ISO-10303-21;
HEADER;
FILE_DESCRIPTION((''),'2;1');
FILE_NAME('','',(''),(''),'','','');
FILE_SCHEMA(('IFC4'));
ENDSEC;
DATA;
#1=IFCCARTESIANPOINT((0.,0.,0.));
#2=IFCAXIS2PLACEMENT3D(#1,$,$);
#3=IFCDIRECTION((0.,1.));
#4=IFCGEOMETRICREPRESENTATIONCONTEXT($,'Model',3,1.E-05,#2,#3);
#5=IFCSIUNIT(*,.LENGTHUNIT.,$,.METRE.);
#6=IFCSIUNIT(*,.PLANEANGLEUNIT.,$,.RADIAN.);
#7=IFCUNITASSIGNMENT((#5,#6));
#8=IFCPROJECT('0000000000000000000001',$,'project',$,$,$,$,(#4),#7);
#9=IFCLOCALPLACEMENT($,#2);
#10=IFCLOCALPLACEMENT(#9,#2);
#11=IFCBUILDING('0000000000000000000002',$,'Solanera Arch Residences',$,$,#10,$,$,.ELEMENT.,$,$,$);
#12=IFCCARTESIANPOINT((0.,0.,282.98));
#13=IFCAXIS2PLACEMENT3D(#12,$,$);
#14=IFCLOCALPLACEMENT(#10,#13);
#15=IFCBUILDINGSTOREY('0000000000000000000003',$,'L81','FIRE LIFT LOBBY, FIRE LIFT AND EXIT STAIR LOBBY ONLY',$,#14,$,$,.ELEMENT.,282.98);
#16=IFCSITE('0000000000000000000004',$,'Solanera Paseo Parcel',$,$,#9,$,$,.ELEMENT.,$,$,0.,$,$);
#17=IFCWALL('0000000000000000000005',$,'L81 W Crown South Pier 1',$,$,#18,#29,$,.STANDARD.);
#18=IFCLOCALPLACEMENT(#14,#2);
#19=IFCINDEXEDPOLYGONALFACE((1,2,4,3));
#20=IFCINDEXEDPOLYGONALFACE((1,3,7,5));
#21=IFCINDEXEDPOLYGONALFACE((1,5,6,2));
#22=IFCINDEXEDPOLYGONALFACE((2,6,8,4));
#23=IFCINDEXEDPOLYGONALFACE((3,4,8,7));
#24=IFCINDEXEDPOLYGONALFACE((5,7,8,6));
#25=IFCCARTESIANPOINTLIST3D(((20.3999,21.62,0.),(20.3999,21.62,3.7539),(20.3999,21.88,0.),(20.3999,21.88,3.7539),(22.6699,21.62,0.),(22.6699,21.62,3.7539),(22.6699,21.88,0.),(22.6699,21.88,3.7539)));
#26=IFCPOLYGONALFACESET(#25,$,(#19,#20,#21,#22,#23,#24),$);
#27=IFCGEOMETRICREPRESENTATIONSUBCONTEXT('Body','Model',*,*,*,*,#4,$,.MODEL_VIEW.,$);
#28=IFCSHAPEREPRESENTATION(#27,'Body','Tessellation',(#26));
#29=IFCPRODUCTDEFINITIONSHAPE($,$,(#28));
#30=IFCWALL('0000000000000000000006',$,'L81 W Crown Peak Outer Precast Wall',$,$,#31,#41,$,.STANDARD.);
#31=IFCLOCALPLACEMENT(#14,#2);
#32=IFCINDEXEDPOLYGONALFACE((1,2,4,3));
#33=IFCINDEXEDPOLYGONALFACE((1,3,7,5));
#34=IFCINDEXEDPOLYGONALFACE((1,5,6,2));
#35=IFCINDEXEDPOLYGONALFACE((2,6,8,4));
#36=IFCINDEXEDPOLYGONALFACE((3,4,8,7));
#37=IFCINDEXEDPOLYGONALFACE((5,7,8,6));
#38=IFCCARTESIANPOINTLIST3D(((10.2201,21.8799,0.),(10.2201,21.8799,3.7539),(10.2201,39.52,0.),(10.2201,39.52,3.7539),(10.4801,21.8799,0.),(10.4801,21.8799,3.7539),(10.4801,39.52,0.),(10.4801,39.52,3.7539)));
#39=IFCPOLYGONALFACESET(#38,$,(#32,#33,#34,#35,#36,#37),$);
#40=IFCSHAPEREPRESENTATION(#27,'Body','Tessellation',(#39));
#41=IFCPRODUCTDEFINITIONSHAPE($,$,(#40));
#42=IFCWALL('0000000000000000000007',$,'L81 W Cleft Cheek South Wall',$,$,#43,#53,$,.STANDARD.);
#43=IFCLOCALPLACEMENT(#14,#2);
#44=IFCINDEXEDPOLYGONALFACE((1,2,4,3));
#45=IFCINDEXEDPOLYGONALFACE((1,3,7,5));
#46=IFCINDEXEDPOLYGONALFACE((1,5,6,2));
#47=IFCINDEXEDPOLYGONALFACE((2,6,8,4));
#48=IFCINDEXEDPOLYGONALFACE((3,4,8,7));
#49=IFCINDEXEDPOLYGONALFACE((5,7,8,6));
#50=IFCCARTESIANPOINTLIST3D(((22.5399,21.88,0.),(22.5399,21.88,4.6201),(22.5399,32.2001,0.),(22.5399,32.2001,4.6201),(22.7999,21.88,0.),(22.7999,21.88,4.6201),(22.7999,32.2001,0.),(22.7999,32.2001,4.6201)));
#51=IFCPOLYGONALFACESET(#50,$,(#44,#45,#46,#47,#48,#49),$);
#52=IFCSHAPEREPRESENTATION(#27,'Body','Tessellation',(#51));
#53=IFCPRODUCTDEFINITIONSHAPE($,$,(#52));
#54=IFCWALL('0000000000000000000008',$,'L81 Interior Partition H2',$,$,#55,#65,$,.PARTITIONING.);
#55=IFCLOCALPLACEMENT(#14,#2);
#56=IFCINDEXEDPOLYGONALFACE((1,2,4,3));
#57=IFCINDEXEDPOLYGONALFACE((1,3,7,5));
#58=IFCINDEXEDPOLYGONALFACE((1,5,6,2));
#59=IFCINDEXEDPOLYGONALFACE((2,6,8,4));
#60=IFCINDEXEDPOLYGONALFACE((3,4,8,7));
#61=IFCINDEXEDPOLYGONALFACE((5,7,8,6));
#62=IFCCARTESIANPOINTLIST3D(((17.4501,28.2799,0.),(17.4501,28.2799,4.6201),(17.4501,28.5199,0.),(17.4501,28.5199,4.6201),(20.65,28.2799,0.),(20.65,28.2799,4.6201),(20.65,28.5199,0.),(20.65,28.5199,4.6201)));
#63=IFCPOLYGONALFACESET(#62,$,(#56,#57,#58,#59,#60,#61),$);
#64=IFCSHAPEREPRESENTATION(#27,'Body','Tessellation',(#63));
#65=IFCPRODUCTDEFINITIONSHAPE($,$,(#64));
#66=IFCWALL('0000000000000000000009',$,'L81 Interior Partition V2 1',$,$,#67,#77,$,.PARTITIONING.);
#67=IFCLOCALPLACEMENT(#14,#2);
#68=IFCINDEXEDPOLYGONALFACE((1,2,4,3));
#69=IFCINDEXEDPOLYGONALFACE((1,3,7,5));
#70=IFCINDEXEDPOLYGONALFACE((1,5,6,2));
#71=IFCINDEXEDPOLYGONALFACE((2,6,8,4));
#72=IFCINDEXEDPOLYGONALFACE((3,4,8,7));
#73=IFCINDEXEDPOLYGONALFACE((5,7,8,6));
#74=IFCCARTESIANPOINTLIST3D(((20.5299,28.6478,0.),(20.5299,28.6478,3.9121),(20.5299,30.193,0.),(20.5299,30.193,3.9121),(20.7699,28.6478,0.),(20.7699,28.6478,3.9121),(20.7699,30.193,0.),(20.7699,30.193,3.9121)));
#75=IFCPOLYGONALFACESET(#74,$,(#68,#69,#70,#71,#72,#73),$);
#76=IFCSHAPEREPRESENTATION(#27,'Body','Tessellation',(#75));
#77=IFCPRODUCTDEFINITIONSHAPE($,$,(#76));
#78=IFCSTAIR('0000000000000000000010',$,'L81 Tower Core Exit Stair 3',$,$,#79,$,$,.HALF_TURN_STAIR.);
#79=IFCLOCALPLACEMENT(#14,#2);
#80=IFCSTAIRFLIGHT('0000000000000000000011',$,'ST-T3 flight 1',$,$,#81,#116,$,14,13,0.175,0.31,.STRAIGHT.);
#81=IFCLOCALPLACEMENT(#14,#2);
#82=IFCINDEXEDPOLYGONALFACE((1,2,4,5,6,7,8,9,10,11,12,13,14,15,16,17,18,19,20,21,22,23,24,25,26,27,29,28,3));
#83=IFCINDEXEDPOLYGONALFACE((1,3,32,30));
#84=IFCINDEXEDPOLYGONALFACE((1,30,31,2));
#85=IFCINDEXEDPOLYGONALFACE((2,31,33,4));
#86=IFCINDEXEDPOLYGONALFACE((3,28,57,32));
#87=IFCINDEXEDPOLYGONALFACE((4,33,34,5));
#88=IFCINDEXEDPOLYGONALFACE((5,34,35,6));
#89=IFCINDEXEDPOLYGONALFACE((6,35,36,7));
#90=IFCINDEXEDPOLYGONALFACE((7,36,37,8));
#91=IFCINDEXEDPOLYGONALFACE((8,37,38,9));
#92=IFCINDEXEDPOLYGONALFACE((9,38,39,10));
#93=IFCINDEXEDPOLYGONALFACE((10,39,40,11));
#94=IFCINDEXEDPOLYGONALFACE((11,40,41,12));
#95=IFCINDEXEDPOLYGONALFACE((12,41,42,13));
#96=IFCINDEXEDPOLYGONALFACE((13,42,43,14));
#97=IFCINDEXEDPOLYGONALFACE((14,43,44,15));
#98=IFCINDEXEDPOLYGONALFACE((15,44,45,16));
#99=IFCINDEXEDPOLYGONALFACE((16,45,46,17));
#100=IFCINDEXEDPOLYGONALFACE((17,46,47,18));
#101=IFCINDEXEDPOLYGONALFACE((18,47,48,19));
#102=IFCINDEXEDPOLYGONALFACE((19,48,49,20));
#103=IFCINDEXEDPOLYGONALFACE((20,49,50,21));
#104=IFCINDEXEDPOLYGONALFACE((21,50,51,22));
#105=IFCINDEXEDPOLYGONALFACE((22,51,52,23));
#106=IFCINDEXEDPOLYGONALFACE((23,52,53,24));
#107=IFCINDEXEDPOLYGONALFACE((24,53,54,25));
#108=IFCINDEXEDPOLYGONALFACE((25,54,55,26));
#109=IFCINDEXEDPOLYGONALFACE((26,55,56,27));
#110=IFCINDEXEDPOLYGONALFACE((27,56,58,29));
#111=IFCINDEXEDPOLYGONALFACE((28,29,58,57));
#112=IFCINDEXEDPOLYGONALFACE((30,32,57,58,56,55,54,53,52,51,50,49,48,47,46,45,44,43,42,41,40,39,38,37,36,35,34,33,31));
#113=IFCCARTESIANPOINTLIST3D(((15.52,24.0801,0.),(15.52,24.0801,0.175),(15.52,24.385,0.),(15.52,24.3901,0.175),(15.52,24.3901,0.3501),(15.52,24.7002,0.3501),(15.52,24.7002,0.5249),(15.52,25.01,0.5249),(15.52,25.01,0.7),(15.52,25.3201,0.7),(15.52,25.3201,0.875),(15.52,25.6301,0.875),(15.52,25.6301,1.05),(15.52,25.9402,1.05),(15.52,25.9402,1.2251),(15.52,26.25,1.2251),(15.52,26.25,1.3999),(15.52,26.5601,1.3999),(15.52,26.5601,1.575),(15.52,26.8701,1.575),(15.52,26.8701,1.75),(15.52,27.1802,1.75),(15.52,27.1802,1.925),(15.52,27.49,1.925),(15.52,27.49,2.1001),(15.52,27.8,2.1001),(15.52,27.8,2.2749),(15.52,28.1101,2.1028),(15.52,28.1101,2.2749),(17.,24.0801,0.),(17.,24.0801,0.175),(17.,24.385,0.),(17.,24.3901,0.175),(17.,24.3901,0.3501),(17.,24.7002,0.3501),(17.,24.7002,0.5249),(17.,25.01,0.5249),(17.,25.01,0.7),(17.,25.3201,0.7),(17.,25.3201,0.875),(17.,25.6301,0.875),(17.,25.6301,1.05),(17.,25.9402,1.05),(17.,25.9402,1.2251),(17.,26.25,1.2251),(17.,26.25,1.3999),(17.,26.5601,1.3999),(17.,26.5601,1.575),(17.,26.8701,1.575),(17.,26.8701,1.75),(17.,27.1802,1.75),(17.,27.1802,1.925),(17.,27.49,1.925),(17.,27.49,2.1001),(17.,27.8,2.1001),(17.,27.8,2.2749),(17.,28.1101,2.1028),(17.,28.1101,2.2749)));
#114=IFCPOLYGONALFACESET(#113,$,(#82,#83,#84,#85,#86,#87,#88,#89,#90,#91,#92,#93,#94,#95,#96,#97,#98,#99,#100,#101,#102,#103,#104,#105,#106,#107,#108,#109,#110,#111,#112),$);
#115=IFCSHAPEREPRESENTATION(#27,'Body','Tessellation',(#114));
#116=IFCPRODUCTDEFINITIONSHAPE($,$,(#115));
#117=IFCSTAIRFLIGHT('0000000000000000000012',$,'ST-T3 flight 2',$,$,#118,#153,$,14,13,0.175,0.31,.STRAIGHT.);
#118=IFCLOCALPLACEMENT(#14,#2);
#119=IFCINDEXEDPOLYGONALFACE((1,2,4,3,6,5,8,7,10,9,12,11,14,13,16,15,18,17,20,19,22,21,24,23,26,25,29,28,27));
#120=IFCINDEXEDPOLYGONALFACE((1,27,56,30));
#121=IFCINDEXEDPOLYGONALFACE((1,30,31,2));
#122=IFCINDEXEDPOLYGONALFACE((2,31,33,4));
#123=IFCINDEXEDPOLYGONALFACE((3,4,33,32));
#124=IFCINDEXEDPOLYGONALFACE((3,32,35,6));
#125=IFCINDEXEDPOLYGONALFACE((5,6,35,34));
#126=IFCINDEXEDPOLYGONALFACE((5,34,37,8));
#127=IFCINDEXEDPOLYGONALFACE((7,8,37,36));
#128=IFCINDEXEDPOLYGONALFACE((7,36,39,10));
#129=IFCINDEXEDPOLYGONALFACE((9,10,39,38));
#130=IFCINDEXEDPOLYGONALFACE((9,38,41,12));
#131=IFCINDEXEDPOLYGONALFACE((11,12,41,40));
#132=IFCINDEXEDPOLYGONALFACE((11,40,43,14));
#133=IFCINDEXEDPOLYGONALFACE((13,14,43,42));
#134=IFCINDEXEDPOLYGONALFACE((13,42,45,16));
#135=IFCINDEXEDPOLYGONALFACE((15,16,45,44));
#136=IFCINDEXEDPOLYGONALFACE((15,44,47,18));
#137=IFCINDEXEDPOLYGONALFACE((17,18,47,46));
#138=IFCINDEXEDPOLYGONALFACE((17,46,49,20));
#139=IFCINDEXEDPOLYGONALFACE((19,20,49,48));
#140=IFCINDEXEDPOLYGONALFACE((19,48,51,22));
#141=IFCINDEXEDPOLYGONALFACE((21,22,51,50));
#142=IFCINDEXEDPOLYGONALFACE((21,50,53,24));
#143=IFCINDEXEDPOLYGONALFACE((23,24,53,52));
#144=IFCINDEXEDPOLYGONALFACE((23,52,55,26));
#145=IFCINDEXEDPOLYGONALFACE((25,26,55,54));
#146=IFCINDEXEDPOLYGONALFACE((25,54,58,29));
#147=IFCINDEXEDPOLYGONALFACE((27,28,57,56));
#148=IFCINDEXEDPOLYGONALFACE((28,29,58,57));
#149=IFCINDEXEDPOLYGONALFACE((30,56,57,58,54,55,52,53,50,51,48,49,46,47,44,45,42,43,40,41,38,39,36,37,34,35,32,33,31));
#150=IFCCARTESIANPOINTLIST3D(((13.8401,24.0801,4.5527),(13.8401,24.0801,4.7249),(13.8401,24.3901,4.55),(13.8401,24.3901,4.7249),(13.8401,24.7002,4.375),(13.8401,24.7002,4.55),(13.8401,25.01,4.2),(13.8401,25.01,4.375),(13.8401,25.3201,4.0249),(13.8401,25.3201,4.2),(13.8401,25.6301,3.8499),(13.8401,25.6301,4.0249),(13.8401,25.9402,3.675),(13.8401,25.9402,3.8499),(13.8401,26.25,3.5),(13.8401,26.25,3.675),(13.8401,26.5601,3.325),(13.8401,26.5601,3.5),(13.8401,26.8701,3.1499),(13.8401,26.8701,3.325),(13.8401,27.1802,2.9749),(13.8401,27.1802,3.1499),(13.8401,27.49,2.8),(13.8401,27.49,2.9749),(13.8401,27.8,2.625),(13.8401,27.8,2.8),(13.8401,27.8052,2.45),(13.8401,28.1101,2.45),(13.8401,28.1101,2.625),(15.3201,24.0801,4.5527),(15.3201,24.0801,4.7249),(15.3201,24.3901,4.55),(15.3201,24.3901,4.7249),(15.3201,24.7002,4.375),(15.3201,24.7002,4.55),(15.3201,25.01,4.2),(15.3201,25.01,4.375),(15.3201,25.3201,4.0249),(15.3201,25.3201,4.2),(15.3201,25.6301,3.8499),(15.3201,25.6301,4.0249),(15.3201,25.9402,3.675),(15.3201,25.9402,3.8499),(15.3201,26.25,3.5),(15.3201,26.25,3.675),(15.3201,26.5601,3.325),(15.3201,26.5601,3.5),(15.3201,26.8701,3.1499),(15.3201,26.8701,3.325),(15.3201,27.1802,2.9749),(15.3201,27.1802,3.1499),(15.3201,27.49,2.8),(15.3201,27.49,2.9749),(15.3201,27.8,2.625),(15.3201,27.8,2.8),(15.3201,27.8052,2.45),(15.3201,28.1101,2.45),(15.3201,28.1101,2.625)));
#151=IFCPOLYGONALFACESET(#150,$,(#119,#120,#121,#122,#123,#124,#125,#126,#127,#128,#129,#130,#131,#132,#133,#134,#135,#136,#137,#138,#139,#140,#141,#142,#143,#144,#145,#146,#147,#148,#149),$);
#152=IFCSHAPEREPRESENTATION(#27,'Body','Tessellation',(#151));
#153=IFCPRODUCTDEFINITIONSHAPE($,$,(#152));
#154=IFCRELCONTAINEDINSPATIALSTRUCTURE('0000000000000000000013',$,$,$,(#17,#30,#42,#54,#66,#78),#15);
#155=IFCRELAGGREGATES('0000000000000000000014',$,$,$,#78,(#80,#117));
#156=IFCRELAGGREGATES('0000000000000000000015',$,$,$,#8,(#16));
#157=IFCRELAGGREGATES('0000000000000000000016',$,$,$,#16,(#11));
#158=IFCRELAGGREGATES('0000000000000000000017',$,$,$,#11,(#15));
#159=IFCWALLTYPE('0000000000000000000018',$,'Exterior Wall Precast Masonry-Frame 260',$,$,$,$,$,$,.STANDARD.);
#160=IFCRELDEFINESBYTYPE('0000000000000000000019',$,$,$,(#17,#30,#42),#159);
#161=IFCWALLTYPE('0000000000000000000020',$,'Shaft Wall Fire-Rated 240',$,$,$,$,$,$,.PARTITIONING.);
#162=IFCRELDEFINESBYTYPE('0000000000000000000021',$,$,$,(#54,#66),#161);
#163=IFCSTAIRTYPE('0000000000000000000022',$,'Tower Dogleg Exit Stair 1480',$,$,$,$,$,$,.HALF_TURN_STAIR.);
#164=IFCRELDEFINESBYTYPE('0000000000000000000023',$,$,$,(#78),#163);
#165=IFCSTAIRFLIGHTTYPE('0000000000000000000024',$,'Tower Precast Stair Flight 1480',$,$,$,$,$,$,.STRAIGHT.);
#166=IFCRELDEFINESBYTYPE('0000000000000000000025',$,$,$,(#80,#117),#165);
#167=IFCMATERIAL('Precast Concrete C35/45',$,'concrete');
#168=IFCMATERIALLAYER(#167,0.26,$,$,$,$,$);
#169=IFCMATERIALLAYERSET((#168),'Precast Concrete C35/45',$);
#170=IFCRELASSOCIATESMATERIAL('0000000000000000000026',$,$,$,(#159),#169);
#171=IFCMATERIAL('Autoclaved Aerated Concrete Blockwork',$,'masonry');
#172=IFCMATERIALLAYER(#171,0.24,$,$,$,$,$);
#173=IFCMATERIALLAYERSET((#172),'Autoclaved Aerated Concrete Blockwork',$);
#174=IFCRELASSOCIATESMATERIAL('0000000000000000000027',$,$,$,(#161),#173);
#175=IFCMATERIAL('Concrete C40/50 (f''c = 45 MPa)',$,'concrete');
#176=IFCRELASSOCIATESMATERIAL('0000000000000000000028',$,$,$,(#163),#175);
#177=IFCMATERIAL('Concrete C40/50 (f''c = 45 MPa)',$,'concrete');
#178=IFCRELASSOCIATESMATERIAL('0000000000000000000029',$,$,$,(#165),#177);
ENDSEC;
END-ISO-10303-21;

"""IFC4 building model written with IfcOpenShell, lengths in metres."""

from ifc_helpers import new_model, si_unit, direction, frame, frame_2d, origin, place, context, subcontext, project, spatial, polyline, rectangle, outline, extrude, material, layer, layer_set, type_object, element, aggregate, save


model = new_model("IFC4")

# Units and contexts
model_context = context("Model", 3, precision=1e-05, world=origin(), true_north=direction((0.0, 1.0)))
body_context = subcontext(model_context, "Body", "Model", "MODEL_VIEW")
ifc_project = project(units=[si_unit("LENGTHUNIT", "METRE"), si_unit("PLANEANGLEUNIT", "RADIAN")], contexts=[model_context])

# Site, building, storey
site_placement = place(None, origin())
site = spatial("IfcSite", under=ifc_project, at=site_placement, Name="Solanera Paseo Parcel", CompositionType="ELEMENT", RefElevation=0.0)
building_placement = place(site_placement, origin())
building = spatial("IfcBuilding", under=site, at=building_placement, Name="Solanera Arch Residences", CompositionType="ELEMENT")
storey_placement = place(building_placement, frame((0.0, 0.0, 282.98)))
storey = spatial("IfcBuildingStorey", under=building, at=storey_placement, Name="L81", Description="FIRE LIFT LOBBY, FIRE LIFT AND EXIT STAIR LOBBY ONLY", CompositionType="ELEMENT", Elevation=282.98)

# Walls
ifc_material_1 = material(Name="Precast Concrete C35/45", Category="concrete")
ifc_layer_1 = layer(ifc_material_1, 0.26)
ifc_layer_set_1 = layer_set([ifc_layer_1], Name="Precast Concrete C35/45")
wall_type_1 = type_object("IfcWallType", Name="Exterior Wall Precast Masonry-Frame 260", PredefinedType="STANDARD", material=ifc_layer_set_1)
wall_1_placement = place(storey_placement, frame((22.6699, 21.75, 0.0), z_axis=(0.0, 0.0, 1.0), x_axis=(-1.0, 0.0, 0.0)))
element("IfcWall", 1, at=wall_1_placement, inside=storey, type_object=wall_type_1, Name="L81 W Crown South Pier 1", PredefinedType="STANDARD", context=body_context, shape_type="SweptSolid", body=[
    extrude(rectangle(XDim=2.27, YDim=0.26, at=frame_2d((1.135, 0.0))), origin(), (0.0, 0.0, 1.0), 3.7539),
])
wall_2_placement = place(storey_placement, frame((10.3501, 21.8799, 0.0), z_axis=(0.0, 0.0, 1.0), x_axis=(0.0, 1.0, 0.0)))
element("IfcWall", 2, at=wall_2_placement, inside=storey, type_object=wall_type_1, Name="L81 W Crown Peak Outer Precast Wall", PredefinedType="STANDARD", context=body_context, shape_type="SweptSolid", body=[
    extrude(rectangle(XDim=17.6401, YDim=0.26, at=frame_2d((8.8201, 0.0))), origin(), (0.0, 0.0, 1.0), 3.7539),
])
wall_3_placement = place(storey_placement, frame((22.6699, 21.8799, 0.0), z_axis=(0.0, 0.0, 1.0), x_axis=(0.0, 1.0, 0.0)))
element("IfcWall", 3, at=wall_3_placement, inside=storey, type_object=wall_type_1, Name="L81 W Cleft Cheek South Wall", PredefinedType="STANDARD", context=body_context, shape_type="SweptSolid", body=[
    extrude(rectangle(XDim=10.3201, YDim=0.26, at=frame_2d((5.1602, 0.0))), origin(), (0.0, 0.0, 1.0), 4.6201),
])
ifc_material_2 = material(Name="Autoclaved Aerated Concrete Blockwork", Category="masonry")
ifc_layer_2 = layer(ifc_material_2, 0.24)
ifc_layer_set_2 = layer_set([ifc_layer_2], Name="Autoclaved Aerated Concrete Blockwork")
wall_type_2 = type_object("IfcWallType", Name="Shaft Wall Fire-Rated 240", PredefinedType="PARTITIONING", material=ifc_layer_set_2)
wall_4_placement = place(storey_placement, frame((17.45, 28.3999, 0.0), z_axis=(0.0, 0.0, 1.0), x_axis=(1.0, 0.0, 0.0)))
element("IfcWall", 4, at=wall_4_placement, inside=storey, type_object=wall_type_2, Name="L81 Interior Partition H2", PredefinedType="PARTITIONING", context=body_context, shape_type="SweptSolid", body=[
    extrude(rectangle(XDim=3.2, YDim=0.24, at=frame_2d((1.6001, 0.0))), origin(), (0.0, 0.0, 1.0), 4.6201),
])
wall_5_placement = place(storey_placement, frame((20.6499, 28.6479, 0.0), z_axis=(0.0, 0.0, 1.0), x_axis=(0.0, 1.0, 0.0)))
element("IfcWall", 5, at=wall_5_placement, inside=storey, type_object=wall_type_2, Name="L81 Interior Partition V2 1", PredefinedType="PARTITIONING", context=body_context, shape_type="SweptSolid", body=[
    extrude(rectangle(XDim=1.5452, YDim=0.24, at=frame_2d((0.7725, 0.0))), origin(), (0.0, 0.0, 1.0), 3.9121),
])

# Stair, stair flights
ifc_material_3 = material(Name="Concrete C40/50 (f'c = 45 MPa)", Category="concrete")
stair_type = type_object("IfcStairType", Name="Tower Dogleg Exit Stair 1480", PredefinedType="HALF_TURN_STAIR", material=ifc_material_3)
stair_placement = place(storey_placement, origin())
stair = element("IfcStair", 6, at=stair_placement, inside=storey, type_object=stair_type, Name="L81 Tower Core Exit Stair 3", PredefinedType="HALF_TURN_STAIR")
ifc_material_4 = material(Name="Concrete C40/50 (f'c = 45 MPa)", Category="concrete")
stair_flight_type = type_object("IfcStairFlightType", Name="Tower Precast Stair Flight 1480", PredefinedType="STRAIGHT", material=ifc_material_4)
stair_flight_1_placement = place(storey_placement, frame((16.26, 24.0801, 0.0), z_axis=(0.0, 0.0, 1.0), x_axis=(0.0, 1.0, 0.0)))
stair_flight_1 = element("IfcStairFlight", 7, at=stair_flight_1_placement, type_object=stair_flight_type, Name="ST-T3 flight 1", NumberOfRisers=14, NumberOfTreads=13, PredefinedType="STRAIGHT", RiserHeight=0.175, TreadLength=0.31, context=body_context, shape_type="SweptSolid", body=[
    extrude(outline(polyline([(0.0, 0.0), (0.0, 0.175), (0.3101, 0.175), (0.3101, 0.3501), (0.6201, 0.3501), (0.6201, 0.5249), (0.9299, 0.5249), (0.9299, 0.7), (1.24, 0.7), (1.24, 0.875), (1.55, 0.875), (1.55, 1.05), (1.8601, 1.05), (1.8601, 1.2251), (2.1699, 1.2251), (2.1699, 1.3999), (2.48, 1.3999), (2.48, 1.575), (2.79, 1.575), (2.79, 1.75), (3.1001, 1.75), (3.1001, 1.925), (3.4099, 1.925), (3.4099, 2.1001), (3.72, 2.1001), (3.72, 2.2749), (4.03, 2.2749), (4.03, 2.45), (4.03, 2.1028), (0.3049, 0.0), (0.0, 0.0)])), frame((0.0, 0.74, 0.0), z_axis=(0.0, -1.0, 0.0), x_axis=(1.0, 0.0, 0.0)), (0.0, 0.0, 1.0), 1.48),
])
stair_flight_2_placement = place(storey_placement, frame((14.5801, 28.1101, 2.45), z_axis=(0.0, 0.0, 1.0), x_axis=(0.0, -1.0, 0.0)))
stair_flight_2 = element("IfcStairFlight", 8, at=stair_flight_2_placement, type_object=stair_flight_type, Name="ST-T3 flight 2", NumberOfRisers=14, NumberOfTreads=13, PredefinedType="STRAIGHT", RiserHeight=0.175, TreadLength=0.31, context=body_context, shape_type="SweptSolid", body=[
    extrude(outline(polyline([(0.0, 0.0), (0.0, 0.175), (0.3101, 0.175), (0.3101, 0.3501), (0.6201, 0.3501), (0.6201, 0.5249), (0.9299, 0.5249), (0.9299, 0.7), (1.24, 0.7), (1.24, 0.875), (1.55, 0.875), (1.55, 1.05), (1.8601, 1.05), (1.8601, 1.2251), (2.1699, 1.2251), (2.1699, 1.3999), (2.48, 1.3999), (2.48, 1.575), (2.79, 1.575), (2.79, 1.75), (3.1001, 1.75), (3.1001, 1.925), (3.4099, 1.925), (3.4099, 2.1001), (3.72, 2.1001), (3.72, 2.2749), (4.03, 2.2749), (4.03, 2.45), (4.03, 2.1028), (0.3049, 0.0), (0.0, 0.0)])), frame((0.0, 0.74, 0.0), z_axis=(0.0, -1.0, 0.0), x_axis=(1.0, 0.0, 0.0)), (0.0, 0.0, 1.0), 1.48),
])
aggregate(stair, [stair_flight_1, stair_flight_2])

save(model, "model.ifc")
